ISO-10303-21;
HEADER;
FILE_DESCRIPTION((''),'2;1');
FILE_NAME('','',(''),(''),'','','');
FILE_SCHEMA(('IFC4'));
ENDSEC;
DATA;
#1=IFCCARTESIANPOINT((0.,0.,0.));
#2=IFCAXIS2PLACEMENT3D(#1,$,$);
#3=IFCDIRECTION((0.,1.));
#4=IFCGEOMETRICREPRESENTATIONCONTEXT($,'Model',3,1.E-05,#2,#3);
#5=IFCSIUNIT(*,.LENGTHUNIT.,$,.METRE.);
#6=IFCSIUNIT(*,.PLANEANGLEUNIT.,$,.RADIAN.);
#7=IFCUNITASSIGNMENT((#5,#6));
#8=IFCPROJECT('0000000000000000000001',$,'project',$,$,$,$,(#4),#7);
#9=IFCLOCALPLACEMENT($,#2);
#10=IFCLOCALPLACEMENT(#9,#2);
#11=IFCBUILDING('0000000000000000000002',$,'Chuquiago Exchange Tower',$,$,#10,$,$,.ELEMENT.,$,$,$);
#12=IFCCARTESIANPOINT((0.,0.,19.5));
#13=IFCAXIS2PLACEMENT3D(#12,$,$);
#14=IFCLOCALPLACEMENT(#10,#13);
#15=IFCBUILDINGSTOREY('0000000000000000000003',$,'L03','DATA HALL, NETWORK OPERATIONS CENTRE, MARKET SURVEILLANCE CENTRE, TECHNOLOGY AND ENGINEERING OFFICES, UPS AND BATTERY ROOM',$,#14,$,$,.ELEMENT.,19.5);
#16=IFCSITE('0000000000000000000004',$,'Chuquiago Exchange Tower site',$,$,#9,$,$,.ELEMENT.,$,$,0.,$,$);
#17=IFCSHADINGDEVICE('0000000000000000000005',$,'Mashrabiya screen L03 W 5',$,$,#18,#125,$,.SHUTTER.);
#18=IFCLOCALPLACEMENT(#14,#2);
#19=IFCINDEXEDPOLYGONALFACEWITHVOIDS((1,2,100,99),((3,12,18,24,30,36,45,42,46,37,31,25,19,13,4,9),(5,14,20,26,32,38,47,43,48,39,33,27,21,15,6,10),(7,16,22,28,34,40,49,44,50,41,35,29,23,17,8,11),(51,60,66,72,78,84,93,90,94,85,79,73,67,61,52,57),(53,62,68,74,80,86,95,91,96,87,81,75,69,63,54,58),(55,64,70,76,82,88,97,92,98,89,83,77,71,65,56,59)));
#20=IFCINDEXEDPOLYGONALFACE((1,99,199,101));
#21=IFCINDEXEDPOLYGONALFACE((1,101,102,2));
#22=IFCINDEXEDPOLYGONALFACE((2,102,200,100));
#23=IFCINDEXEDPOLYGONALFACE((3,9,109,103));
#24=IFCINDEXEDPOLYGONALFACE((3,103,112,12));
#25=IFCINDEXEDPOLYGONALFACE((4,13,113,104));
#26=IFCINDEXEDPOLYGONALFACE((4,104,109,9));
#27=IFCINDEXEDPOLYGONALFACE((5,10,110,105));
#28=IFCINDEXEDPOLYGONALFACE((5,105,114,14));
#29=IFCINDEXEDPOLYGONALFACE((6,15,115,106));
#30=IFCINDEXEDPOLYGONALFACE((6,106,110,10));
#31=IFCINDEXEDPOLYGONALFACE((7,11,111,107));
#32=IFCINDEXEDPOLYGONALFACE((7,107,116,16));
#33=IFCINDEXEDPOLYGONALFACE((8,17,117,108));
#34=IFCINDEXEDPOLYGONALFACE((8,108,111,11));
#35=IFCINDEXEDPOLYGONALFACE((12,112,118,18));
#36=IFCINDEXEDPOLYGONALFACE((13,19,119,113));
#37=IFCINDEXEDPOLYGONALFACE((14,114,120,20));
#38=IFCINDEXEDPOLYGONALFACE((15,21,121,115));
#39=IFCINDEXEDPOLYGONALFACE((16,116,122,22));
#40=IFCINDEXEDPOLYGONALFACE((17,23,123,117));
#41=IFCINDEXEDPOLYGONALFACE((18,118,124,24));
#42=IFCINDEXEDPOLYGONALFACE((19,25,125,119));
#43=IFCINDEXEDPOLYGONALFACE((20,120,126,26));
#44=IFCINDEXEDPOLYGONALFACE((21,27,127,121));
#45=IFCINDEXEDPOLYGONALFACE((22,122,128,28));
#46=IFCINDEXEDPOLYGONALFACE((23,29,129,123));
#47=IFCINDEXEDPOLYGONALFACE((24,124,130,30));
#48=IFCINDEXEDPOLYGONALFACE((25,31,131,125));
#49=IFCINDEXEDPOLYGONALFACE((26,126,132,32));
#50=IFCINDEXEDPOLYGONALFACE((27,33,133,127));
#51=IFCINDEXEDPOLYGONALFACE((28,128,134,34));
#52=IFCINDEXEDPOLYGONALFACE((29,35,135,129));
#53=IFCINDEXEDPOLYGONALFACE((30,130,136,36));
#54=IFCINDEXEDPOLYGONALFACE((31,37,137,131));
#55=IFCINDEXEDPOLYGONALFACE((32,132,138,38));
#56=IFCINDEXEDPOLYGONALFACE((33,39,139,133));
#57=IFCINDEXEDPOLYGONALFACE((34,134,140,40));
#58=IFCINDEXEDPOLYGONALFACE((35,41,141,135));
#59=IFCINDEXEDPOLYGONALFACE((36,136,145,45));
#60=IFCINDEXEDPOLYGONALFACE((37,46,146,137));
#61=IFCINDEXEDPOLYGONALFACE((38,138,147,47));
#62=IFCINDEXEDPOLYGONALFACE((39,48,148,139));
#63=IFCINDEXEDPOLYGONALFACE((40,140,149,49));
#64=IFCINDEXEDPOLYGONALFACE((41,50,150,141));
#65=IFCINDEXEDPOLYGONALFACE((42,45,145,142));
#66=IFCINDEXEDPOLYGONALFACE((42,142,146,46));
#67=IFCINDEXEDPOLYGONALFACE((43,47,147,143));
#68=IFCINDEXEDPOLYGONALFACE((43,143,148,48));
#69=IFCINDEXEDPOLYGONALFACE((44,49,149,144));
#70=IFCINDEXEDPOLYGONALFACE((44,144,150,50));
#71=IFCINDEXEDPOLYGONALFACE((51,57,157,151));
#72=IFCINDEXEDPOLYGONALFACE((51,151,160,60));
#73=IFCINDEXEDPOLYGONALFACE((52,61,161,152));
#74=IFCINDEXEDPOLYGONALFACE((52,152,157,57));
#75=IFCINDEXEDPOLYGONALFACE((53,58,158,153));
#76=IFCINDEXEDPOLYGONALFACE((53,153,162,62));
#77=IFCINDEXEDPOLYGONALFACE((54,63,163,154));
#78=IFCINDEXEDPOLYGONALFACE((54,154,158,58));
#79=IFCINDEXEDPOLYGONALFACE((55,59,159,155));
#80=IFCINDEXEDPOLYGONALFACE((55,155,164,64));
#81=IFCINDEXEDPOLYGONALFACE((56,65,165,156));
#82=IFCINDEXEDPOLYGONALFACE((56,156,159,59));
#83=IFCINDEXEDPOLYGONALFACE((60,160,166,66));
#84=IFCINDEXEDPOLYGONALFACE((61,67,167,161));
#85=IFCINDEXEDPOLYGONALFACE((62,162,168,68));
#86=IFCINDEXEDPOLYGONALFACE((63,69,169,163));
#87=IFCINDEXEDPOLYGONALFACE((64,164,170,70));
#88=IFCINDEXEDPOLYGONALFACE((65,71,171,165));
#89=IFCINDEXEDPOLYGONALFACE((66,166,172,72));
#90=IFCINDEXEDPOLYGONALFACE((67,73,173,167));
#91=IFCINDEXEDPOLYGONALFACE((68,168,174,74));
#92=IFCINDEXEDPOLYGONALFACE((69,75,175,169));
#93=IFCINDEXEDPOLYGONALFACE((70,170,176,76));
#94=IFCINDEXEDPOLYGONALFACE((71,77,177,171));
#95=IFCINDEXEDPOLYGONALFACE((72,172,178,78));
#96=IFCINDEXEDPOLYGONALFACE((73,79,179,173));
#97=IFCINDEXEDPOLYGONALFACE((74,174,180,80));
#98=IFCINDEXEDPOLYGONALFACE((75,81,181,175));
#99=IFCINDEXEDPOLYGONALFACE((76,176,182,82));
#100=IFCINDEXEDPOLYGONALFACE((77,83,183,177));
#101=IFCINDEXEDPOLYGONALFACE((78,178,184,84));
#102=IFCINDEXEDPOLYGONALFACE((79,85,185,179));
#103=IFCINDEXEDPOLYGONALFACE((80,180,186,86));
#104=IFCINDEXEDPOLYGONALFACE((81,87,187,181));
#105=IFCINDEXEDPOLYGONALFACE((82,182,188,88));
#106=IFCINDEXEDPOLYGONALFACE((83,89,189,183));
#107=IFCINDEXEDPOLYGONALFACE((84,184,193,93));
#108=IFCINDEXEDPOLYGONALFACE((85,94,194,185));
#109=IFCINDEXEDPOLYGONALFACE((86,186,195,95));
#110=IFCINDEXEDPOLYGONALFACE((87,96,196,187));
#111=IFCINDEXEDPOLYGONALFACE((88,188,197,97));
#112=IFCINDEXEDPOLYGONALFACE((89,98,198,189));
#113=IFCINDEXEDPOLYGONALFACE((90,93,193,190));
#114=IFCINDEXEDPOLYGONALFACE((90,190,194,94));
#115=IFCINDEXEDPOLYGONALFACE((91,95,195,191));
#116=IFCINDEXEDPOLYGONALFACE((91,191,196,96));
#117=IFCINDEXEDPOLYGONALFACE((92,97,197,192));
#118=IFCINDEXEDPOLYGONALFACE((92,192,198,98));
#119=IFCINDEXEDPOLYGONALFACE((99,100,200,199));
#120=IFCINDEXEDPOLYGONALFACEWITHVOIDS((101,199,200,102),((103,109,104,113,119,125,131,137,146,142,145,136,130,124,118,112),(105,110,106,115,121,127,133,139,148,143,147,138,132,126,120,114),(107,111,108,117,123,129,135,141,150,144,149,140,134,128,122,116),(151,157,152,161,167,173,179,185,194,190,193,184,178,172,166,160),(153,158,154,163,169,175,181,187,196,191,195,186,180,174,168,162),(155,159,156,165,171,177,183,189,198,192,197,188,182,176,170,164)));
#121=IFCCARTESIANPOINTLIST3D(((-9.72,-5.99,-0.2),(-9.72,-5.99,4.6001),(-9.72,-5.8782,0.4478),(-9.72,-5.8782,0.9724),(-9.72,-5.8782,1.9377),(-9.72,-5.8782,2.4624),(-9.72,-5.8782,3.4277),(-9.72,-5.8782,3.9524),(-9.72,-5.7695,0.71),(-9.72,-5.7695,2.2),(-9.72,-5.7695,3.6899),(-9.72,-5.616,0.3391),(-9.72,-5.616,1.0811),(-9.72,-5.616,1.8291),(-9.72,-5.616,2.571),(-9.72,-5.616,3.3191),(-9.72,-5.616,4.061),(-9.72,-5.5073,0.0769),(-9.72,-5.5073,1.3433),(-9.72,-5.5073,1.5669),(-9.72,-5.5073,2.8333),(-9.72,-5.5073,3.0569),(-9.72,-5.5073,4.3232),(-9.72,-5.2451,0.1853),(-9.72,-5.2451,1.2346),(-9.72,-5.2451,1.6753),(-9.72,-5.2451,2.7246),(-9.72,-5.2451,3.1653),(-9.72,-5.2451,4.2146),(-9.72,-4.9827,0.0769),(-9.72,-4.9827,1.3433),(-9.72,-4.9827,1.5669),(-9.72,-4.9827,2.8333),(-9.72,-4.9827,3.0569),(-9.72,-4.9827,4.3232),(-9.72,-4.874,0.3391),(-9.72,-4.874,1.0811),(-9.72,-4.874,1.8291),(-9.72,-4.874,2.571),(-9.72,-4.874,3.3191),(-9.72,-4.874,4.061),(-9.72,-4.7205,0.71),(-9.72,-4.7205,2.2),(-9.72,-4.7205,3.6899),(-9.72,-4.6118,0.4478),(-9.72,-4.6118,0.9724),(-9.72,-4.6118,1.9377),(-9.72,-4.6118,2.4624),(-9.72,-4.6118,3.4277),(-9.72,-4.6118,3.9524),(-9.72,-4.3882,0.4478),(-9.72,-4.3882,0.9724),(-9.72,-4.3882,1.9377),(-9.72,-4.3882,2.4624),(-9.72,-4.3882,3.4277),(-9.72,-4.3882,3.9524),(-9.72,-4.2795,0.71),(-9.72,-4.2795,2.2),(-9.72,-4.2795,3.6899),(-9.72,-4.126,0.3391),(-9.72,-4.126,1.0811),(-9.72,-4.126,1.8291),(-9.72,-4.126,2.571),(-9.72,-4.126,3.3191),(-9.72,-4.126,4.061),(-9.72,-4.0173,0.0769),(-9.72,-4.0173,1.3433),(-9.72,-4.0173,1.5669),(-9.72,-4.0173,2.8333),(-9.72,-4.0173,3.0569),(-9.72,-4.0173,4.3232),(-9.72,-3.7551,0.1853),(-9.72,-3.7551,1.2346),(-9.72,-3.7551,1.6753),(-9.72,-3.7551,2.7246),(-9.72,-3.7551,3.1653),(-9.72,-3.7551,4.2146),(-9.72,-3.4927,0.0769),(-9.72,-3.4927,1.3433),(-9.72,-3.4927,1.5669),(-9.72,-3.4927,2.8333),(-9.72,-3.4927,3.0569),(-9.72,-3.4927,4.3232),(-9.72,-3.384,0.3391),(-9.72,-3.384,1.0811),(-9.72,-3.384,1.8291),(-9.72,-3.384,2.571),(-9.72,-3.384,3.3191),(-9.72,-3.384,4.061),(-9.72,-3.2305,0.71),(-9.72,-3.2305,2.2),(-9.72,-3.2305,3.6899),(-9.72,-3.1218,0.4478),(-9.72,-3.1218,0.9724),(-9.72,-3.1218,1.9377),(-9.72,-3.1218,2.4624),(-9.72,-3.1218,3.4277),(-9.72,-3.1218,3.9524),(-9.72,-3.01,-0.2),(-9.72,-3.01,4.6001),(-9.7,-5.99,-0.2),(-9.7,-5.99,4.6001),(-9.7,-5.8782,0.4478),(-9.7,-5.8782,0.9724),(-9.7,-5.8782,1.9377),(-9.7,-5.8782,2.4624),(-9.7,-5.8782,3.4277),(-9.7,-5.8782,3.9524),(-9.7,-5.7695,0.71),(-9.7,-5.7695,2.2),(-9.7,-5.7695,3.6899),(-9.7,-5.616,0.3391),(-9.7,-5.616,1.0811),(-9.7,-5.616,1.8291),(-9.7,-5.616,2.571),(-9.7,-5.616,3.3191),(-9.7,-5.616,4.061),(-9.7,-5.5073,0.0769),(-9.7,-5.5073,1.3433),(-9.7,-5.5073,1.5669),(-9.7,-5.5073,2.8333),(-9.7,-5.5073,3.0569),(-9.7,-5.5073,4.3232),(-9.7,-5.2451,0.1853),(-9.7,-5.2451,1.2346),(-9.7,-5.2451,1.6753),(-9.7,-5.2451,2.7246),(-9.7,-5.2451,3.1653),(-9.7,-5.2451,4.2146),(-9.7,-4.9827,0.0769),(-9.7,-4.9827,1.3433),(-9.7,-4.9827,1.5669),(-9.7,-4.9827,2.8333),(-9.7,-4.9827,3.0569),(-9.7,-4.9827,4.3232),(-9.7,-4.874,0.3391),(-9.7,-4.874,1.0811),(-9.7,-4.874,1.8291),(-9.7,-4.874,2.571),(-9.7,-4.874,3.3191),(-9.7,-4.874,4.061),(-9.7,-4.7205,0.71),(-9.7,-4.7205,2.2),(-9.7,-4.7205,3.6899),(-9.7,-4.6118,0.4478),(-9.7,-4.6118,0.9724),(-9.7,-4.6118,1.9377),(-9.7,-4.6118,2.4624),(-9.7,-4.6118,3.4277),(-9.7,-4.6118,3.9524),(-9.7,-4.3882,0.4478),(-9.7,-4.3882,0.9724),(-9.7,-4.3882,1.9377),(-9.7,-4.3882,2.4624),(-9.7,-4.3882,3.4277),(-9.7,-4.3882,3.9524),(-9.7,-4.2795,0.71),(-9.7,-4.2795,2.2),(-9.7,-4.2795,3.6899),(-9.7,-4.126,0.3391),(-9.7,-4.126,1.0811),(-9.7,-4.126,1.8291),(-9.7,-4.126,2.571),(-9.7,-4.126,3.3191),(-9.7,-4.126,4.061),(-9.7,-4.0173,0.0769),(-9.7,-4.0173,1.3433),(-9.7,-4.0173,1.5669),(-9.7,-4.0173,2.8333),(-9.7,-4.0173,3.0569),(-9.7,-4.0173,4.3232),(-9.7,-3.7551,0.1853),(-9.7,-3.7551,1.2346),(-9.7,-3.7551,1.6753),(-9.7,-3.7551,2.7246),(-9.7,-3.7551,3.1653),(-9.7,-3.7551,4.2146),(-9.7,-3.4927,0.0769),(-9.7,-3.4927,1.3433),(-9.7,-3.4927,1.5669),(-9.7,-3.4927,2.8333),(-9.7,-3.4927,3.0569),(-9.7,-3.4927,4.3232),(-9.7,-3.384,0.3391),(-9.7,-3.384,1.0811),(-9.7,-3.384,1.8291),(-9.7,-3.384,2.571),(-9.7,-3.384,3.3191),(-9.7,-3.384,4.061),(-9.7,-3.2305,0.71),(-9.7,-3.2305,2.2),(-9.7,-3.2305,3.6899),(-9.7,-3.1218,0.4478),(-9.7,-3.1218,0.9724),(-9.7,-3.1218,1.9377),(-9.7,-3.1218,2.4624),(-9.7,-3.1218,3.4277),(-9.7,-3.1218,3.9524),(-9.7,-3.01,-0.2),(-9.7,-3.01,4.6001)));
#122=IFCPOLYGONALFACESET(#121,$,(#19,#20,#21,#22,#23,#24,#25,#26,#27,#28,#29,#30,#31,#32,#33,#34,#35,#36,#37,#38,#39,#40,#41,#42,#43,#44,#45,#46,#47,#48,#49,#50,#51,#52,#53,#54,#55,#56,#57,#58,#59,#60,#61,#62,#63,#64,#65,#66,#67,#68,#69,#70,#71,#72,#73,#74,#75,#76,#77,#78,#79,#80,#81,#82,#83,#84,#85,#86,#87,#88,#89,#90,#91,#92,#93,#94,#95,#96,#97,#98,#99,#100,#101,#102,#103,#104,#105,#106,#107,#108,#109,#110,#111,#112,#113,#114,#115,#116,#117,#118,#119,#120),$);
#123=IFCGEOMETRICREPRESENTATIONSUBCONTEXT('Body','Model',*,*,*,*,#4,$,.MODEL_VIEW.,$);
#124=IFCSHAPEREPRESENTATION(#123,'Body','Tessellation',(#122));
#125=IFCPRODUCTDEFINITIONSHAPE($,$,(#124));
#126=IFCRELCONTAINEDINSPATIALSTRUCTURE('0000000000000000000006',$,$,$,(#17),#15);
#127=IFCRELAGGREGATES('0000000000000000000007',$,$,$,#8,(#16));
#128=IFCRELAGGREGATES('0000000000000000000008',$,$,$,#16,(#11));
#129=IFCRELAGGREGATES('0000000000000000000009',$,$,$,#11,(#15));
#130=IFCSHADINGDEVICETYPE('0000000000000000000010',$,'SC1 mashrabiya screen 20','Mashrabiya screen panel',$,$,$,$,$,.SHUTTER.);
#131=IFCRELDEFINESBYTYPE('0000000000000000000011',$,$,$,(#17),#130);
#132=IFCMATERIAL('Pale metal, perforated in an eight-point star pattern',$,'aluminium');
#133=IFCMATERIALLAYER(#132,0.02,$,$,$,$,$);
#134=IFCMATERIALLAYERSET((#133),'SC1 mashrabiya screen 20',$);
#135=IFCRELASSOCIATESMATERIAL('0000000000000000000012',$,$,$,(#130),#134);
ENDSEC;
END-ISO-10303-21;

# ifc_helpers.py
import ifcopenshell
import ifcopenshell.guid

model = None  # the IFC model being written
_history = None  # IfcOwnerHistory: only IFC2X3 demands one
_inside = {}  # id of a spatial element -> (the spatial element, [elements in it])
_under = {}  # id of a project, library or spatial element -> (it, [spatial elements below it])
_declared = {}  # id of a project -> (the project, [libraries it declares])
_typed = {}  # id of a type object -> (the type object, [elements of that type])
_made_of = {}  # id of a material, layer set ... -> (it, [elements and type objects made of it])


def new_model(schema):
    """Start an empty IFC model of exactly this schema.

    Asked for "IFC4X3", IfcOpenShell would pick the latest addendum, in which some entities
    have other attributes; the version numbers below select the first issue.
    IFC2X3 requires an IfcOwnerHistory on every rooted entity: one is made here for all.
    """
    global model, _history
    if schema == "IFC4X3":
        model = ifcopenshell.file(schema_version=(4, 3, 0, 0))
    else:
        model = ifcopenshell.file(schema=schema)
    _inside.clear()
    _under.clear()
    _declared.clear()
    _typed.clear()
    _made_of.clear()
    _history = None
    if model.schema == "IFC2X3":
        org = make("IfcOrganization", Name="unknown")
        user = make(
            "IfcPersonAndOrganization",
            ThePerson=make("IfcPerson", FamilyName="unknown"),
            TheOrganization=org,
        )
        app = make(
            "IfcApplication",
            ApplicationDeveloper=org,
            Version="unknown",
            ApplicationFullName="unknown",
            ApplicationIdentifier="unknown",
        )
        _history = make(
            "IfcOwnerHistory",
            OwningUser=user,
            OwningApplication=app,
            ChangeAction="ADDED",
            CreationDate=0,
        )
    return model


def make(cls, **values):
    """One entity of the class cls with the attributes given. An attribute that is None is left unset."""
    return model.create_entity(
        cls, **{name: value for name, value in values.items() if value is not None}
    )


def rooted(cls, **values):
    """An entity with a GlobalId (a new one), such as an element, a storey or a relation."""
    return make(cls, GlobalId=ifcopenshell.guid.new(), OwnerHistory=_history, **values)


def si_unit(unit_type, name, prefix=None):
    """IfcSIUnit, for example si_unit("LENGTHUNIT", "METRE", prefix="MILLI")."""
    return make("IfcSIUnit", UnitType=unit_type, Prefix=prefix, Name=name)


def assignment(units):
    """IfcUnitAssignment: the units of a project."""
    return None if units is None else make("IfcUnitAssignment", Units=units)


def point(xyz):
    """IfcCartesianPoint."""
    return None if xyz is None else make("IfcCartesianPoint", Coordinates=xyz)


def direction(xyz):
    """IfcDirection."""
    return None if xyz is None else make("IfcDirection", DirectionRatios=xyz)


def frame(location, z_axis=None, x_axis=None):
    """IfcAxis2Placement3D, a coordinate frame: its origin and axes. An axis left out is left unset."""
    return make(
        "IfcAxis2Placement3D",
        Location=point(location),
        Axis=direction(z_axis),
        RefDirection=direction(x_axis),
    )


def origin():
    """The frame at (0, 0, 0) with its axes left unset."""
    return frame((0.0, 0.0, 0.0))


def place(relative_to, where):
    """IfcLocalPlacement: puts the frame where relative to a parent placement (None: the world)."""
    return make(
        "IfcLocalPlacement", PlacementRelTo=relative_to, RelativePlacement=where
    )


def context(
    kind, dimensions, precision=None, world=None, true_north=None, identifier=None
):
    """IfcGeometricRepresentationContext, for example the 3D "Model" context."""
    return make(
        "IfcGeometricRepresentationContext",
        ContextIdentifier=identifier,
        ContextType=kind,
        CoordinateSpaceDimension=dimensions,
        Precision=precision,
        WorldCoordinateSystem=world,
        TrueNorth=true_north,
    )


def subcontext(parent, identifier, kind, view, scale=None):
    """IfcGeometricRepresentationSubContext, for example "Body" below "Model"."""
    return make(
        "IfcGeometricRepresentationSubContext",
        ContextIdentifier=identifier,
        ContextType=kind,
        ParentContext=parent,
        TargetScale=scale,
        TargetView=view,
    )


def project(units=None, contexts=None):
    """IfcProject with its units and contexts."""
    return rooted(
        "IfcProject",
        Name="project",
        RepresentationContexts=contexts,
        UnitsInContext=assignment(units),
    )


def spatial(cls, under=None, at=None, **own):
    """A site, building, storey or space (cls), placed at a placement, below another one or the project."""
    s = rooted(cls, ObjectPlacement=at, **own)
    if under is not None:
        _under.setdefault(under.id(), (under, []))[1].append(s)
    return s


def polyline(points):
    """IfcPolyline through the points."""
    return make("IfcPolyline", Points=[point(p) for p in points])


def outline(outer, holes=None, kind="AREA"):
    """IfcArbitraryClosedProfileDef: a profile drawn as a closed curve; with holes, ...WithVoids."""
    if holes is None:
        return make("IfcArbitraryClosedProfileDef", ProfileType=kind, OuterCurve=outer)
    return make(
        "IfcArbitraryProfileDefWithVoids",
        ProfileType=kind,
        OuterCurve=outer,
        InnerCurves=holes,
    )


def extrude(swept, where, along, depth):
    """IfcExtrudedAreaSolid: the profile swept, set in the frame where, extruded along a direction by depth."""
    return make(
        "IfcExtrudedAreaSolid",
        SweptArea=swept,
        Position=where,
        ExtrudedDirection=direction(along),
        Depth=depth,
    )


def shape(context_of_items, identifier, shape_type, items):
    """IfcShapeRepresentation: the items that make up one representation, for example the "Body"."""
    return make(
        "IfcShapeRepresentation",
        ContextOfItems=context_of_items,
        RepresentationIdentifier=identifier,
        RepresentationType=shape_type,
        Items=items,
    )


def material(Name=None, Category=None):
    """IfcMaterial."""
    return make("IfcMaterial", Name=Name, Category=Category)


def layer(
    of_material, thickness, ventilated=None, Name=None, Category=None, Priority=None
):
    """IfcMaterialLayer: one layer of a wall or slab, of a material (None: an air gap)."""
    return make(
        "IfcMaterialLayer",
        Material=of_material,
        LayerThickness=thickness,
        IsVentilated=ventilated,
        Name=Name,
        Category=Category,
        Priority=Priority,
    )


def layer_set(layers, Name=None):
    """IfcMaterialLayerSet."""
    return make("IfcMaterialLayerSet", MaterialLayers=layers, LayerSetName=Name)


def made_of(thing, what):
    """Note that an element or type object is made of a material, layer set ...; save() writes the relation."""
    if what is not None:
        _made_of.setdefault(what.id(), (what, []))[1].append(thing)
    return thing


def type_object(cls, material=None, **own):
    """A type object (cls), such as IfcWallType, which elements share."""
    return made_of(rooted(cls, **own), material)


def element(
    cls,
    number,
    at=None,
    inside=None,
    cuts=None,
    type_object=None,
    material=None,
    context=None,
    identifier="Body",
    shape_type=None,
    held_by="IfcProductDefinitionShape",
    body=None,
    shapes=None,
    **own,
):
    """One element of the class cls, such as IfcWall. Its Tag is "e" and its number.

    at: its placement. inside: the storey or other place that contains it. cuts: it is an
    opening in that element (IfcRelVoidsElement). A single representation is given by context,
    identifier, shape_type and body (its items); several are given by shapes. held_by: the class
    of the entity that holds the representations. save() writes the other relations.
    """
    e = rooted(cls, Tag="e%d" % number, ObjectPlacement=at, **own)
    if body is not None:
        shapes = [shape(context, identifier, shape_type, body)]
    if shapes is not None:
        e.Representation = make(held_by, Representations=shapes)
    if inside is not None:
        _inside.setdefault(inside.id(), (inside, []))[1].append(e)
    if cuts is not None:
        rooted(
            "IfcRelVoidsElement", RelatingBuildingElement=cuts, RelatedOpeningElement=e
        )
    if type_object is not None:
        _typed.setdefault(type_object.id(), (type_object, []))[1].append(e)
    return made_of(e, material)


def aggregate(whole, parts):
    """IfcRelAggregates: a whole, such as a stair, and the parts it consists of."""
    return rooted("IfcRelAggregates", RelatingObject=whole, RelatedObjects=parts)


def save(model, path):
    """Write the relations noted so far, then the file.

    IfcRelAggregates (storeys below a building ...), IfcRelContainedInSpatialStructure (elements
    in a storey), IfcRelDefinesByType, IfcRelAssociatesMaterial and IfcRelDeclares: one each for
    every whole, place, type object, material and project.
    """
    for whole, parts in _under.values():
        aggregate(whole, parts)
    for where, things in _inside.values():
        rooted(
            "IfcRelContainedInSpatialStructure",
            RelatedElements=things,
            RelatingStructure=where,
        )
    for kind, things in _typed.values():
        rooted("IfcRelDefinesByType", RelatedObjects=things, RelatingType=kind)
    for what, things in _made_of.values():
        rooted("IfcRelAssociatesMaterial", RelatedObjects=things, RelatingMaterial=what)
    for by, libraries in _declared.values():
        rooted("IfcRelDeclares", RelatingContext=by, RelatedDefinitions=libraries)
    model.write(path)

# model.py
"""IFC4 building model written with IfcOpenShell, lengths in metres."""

from ifc_helpers import new_model, si_unit, direction, frame, origin, place, context, subcontext, project, spatial, polyline, outline, extrude, material, layer, layer_set, type_object, element, save


model = new_model("IFC4")

# Units and contexts
model_context = context("Model", 3, precision=1e-05, world=origin(), true_north=direction((0.0, 1.0)))
body_context = subcontext(model_context, "Body", "Model", "MODEL_VIEW")
ifc_project = project(units=[si_unit("LENGTHUNIT", "METRE"), si_unit("PLANEANGLEUNIT", "RADIAN")], contexts=[model_context])

# Site, building, storey
site_placement = place(None, origin())
site = spatial("IfcSite", under=ifc_project, at=site_placement, Name="Chuquiago Exchange Tower site", CompositionType="ELEMENT", RefElevation=0.0)
building_placement = place(site_placement, origin())
building = spatial("IfcBuilding", under=site, at=building_placement, Name="Chuquiago Exchange Tower", CompositionType="ELEMENT")
storey_placement = place(building_placement, frame((0.0, 0.0, 19.5)))
storey = spatial("IfcBuildingStorey", under=building, at=storey_placement, Name="L03", Description="DATA HALL, NETWORK OPERATIONS CENTRE, MARKET SURVEILLANCE CENTRE, TECHNOLOGY AND ENGINEERING OFFICES, UPS AND BATTERY ROOM", CompositionType="ELEMENT", Elevation=19.5)

# Shading device
ifc_material_1 = material(Name="Pale metal, perforated in an eight-point star pattern", Category="aluminium")
ifc_layer_1 = layer(ifc_material_1, 0.02)
ifc_layer_set_1 = layer_set([ifc_layer_1], Name="SC1 mashrabiya screen 20")
shading_device_type = type_object("IfcShadingDeviceType", Name="SC1 mashrabiya screen 20", Description="Mashrabiya screen panel", PredefinedType="SHUTTER", material=ifc_layer_set_1)
shading_device_1_placement = place(storey_placement, frame((-9.7, -3.01, -0.2), z_axis=(0.0, 0.0, 1.0), x_axis=(0.0, -1.0, 0.0)))
element("IfcShadingDevice", 1, at=shading_device_1_placement, inside=storey, type_object=shading_device_type, Name="Mashrabiya screen L03 W 5", PredefinedType="SHUTTER", context=body_context, shape_type="SweptSolid", body=[
    extrude(outline(polyline([(0.0, 0.0), (2.98, 0.0), (2.98, 4.8), (0.0, 4.8), (0.0, 0.0)]), holes=[polyline([(1.2695, 0.9099), (1.3782, 1.1724), (1.116, 1.281), (1.0073, 1.5432), (0.7451, 1.4346), (0.4827, 1.5432), (0.374, 1.281), (0.1118, 1.1724), (0.2205, 0.9099), (0.1118, 0.6477), (0.374, 0.5391), (0.4827, 0.2769), (0.7451, 0.3853), (1.0073, 0.2769), (1.116, 0.5391), (1.3782, 0.6477), (1.2695, 0.9099)]), polyline([(2.7595, 0.9099), (2.8682, 1.1724), (2.606, 1.281), (2.4973, 1.5432), (2.2351, 1.4346), (1.9727, 1.5432), (1.864, 1.281), (1.6018, 1.1724), (1.7104, 0.9099), (1.6018, 0.6477), (1.864, 0.5391), (1.9727, 0.2769), (2.2351, 0.3853), (2.4973, 0.2769), (2.606, 0.5391), (2.8682, 0.6477), (2.7595, 0.9099)]), polyline([(1.2695, 2.3999), (1.3782, 2.6624), (1.116, 2.771), (1.0073, 3.0332), (0.7451, 2.9246), (0.4827, 3.0332), (0.374, 2.771), (0.1118, 2.6624), (0.2205, 2.3999), (0.1118, 2.1377), (0.374, 2.0291), (0.4827, 1.7668), (0.7451, 1.8752), (1.0073, 1.7668), (1.116, 2.0291), (1.3782, 2.1377), (1.2695, 2.3999)]), polyline([(2.7595, 2.3999), (2.8682, 2.6624), (2.606, 2.771), (2.4973, 3.0332), (2.2351, 2.9246), (1.9727, 3.0332), (1.864, 2.771), (1.6018, 2.6624), (1.7104, 2.3999), (1.6018, 2.1377), (1.864, 2.0291), (1.9727, 1.7668), (2.2351, 1.8752), (2.4973, 1.7668), (2.606, 2.0291), (2.8682, 2.1377), (2.7595, 2.3999)]), polyline([(1.2695, 3.8899), (1.3782, 4.1523), (1.116, 4.261), (1.0073, 4.5232), (0.7451, 4.4146), (0.4827, 4.5232), (0.374, 4.261), (0.1118, 4.1523), (0.2205, 3.8899), (0.1118, 3.6277), (0.374, 3.519), (0.4827, 3.2568), (0.7451, 3.3652), (1.0073, 3.2568), (1.116, 3.519), (1.3782, 3.6277), (1.2695, 3.8899)]), polyline([(2.7595, 3.8899), (2.8682, 4.1523), (2.606, 4.261), (2.4973, 4.5232), (2.2351, 4.4146), (1.9727, 4.5232), (1.864, 4.261), (1.6018, 4.1523), (1.7104, 3.8899), (1.6018, 3.6277), (1.864, 3.519), (1.9727, 3.2568), (2.2351, 3.3652), (2.4973, 3.2568), (2.606, 3.519), (2.8682, 3.6277), (2.7595, 3.8899)])]), frame((0.0, 0.0, 0.0), z_axis=(0.0, -1.0, 0.0), x_axis=(1.0, 0.0, 0.0)), (0.0, 0.0, 1.0), 0.02),
])

save(model, "model.ifc")
